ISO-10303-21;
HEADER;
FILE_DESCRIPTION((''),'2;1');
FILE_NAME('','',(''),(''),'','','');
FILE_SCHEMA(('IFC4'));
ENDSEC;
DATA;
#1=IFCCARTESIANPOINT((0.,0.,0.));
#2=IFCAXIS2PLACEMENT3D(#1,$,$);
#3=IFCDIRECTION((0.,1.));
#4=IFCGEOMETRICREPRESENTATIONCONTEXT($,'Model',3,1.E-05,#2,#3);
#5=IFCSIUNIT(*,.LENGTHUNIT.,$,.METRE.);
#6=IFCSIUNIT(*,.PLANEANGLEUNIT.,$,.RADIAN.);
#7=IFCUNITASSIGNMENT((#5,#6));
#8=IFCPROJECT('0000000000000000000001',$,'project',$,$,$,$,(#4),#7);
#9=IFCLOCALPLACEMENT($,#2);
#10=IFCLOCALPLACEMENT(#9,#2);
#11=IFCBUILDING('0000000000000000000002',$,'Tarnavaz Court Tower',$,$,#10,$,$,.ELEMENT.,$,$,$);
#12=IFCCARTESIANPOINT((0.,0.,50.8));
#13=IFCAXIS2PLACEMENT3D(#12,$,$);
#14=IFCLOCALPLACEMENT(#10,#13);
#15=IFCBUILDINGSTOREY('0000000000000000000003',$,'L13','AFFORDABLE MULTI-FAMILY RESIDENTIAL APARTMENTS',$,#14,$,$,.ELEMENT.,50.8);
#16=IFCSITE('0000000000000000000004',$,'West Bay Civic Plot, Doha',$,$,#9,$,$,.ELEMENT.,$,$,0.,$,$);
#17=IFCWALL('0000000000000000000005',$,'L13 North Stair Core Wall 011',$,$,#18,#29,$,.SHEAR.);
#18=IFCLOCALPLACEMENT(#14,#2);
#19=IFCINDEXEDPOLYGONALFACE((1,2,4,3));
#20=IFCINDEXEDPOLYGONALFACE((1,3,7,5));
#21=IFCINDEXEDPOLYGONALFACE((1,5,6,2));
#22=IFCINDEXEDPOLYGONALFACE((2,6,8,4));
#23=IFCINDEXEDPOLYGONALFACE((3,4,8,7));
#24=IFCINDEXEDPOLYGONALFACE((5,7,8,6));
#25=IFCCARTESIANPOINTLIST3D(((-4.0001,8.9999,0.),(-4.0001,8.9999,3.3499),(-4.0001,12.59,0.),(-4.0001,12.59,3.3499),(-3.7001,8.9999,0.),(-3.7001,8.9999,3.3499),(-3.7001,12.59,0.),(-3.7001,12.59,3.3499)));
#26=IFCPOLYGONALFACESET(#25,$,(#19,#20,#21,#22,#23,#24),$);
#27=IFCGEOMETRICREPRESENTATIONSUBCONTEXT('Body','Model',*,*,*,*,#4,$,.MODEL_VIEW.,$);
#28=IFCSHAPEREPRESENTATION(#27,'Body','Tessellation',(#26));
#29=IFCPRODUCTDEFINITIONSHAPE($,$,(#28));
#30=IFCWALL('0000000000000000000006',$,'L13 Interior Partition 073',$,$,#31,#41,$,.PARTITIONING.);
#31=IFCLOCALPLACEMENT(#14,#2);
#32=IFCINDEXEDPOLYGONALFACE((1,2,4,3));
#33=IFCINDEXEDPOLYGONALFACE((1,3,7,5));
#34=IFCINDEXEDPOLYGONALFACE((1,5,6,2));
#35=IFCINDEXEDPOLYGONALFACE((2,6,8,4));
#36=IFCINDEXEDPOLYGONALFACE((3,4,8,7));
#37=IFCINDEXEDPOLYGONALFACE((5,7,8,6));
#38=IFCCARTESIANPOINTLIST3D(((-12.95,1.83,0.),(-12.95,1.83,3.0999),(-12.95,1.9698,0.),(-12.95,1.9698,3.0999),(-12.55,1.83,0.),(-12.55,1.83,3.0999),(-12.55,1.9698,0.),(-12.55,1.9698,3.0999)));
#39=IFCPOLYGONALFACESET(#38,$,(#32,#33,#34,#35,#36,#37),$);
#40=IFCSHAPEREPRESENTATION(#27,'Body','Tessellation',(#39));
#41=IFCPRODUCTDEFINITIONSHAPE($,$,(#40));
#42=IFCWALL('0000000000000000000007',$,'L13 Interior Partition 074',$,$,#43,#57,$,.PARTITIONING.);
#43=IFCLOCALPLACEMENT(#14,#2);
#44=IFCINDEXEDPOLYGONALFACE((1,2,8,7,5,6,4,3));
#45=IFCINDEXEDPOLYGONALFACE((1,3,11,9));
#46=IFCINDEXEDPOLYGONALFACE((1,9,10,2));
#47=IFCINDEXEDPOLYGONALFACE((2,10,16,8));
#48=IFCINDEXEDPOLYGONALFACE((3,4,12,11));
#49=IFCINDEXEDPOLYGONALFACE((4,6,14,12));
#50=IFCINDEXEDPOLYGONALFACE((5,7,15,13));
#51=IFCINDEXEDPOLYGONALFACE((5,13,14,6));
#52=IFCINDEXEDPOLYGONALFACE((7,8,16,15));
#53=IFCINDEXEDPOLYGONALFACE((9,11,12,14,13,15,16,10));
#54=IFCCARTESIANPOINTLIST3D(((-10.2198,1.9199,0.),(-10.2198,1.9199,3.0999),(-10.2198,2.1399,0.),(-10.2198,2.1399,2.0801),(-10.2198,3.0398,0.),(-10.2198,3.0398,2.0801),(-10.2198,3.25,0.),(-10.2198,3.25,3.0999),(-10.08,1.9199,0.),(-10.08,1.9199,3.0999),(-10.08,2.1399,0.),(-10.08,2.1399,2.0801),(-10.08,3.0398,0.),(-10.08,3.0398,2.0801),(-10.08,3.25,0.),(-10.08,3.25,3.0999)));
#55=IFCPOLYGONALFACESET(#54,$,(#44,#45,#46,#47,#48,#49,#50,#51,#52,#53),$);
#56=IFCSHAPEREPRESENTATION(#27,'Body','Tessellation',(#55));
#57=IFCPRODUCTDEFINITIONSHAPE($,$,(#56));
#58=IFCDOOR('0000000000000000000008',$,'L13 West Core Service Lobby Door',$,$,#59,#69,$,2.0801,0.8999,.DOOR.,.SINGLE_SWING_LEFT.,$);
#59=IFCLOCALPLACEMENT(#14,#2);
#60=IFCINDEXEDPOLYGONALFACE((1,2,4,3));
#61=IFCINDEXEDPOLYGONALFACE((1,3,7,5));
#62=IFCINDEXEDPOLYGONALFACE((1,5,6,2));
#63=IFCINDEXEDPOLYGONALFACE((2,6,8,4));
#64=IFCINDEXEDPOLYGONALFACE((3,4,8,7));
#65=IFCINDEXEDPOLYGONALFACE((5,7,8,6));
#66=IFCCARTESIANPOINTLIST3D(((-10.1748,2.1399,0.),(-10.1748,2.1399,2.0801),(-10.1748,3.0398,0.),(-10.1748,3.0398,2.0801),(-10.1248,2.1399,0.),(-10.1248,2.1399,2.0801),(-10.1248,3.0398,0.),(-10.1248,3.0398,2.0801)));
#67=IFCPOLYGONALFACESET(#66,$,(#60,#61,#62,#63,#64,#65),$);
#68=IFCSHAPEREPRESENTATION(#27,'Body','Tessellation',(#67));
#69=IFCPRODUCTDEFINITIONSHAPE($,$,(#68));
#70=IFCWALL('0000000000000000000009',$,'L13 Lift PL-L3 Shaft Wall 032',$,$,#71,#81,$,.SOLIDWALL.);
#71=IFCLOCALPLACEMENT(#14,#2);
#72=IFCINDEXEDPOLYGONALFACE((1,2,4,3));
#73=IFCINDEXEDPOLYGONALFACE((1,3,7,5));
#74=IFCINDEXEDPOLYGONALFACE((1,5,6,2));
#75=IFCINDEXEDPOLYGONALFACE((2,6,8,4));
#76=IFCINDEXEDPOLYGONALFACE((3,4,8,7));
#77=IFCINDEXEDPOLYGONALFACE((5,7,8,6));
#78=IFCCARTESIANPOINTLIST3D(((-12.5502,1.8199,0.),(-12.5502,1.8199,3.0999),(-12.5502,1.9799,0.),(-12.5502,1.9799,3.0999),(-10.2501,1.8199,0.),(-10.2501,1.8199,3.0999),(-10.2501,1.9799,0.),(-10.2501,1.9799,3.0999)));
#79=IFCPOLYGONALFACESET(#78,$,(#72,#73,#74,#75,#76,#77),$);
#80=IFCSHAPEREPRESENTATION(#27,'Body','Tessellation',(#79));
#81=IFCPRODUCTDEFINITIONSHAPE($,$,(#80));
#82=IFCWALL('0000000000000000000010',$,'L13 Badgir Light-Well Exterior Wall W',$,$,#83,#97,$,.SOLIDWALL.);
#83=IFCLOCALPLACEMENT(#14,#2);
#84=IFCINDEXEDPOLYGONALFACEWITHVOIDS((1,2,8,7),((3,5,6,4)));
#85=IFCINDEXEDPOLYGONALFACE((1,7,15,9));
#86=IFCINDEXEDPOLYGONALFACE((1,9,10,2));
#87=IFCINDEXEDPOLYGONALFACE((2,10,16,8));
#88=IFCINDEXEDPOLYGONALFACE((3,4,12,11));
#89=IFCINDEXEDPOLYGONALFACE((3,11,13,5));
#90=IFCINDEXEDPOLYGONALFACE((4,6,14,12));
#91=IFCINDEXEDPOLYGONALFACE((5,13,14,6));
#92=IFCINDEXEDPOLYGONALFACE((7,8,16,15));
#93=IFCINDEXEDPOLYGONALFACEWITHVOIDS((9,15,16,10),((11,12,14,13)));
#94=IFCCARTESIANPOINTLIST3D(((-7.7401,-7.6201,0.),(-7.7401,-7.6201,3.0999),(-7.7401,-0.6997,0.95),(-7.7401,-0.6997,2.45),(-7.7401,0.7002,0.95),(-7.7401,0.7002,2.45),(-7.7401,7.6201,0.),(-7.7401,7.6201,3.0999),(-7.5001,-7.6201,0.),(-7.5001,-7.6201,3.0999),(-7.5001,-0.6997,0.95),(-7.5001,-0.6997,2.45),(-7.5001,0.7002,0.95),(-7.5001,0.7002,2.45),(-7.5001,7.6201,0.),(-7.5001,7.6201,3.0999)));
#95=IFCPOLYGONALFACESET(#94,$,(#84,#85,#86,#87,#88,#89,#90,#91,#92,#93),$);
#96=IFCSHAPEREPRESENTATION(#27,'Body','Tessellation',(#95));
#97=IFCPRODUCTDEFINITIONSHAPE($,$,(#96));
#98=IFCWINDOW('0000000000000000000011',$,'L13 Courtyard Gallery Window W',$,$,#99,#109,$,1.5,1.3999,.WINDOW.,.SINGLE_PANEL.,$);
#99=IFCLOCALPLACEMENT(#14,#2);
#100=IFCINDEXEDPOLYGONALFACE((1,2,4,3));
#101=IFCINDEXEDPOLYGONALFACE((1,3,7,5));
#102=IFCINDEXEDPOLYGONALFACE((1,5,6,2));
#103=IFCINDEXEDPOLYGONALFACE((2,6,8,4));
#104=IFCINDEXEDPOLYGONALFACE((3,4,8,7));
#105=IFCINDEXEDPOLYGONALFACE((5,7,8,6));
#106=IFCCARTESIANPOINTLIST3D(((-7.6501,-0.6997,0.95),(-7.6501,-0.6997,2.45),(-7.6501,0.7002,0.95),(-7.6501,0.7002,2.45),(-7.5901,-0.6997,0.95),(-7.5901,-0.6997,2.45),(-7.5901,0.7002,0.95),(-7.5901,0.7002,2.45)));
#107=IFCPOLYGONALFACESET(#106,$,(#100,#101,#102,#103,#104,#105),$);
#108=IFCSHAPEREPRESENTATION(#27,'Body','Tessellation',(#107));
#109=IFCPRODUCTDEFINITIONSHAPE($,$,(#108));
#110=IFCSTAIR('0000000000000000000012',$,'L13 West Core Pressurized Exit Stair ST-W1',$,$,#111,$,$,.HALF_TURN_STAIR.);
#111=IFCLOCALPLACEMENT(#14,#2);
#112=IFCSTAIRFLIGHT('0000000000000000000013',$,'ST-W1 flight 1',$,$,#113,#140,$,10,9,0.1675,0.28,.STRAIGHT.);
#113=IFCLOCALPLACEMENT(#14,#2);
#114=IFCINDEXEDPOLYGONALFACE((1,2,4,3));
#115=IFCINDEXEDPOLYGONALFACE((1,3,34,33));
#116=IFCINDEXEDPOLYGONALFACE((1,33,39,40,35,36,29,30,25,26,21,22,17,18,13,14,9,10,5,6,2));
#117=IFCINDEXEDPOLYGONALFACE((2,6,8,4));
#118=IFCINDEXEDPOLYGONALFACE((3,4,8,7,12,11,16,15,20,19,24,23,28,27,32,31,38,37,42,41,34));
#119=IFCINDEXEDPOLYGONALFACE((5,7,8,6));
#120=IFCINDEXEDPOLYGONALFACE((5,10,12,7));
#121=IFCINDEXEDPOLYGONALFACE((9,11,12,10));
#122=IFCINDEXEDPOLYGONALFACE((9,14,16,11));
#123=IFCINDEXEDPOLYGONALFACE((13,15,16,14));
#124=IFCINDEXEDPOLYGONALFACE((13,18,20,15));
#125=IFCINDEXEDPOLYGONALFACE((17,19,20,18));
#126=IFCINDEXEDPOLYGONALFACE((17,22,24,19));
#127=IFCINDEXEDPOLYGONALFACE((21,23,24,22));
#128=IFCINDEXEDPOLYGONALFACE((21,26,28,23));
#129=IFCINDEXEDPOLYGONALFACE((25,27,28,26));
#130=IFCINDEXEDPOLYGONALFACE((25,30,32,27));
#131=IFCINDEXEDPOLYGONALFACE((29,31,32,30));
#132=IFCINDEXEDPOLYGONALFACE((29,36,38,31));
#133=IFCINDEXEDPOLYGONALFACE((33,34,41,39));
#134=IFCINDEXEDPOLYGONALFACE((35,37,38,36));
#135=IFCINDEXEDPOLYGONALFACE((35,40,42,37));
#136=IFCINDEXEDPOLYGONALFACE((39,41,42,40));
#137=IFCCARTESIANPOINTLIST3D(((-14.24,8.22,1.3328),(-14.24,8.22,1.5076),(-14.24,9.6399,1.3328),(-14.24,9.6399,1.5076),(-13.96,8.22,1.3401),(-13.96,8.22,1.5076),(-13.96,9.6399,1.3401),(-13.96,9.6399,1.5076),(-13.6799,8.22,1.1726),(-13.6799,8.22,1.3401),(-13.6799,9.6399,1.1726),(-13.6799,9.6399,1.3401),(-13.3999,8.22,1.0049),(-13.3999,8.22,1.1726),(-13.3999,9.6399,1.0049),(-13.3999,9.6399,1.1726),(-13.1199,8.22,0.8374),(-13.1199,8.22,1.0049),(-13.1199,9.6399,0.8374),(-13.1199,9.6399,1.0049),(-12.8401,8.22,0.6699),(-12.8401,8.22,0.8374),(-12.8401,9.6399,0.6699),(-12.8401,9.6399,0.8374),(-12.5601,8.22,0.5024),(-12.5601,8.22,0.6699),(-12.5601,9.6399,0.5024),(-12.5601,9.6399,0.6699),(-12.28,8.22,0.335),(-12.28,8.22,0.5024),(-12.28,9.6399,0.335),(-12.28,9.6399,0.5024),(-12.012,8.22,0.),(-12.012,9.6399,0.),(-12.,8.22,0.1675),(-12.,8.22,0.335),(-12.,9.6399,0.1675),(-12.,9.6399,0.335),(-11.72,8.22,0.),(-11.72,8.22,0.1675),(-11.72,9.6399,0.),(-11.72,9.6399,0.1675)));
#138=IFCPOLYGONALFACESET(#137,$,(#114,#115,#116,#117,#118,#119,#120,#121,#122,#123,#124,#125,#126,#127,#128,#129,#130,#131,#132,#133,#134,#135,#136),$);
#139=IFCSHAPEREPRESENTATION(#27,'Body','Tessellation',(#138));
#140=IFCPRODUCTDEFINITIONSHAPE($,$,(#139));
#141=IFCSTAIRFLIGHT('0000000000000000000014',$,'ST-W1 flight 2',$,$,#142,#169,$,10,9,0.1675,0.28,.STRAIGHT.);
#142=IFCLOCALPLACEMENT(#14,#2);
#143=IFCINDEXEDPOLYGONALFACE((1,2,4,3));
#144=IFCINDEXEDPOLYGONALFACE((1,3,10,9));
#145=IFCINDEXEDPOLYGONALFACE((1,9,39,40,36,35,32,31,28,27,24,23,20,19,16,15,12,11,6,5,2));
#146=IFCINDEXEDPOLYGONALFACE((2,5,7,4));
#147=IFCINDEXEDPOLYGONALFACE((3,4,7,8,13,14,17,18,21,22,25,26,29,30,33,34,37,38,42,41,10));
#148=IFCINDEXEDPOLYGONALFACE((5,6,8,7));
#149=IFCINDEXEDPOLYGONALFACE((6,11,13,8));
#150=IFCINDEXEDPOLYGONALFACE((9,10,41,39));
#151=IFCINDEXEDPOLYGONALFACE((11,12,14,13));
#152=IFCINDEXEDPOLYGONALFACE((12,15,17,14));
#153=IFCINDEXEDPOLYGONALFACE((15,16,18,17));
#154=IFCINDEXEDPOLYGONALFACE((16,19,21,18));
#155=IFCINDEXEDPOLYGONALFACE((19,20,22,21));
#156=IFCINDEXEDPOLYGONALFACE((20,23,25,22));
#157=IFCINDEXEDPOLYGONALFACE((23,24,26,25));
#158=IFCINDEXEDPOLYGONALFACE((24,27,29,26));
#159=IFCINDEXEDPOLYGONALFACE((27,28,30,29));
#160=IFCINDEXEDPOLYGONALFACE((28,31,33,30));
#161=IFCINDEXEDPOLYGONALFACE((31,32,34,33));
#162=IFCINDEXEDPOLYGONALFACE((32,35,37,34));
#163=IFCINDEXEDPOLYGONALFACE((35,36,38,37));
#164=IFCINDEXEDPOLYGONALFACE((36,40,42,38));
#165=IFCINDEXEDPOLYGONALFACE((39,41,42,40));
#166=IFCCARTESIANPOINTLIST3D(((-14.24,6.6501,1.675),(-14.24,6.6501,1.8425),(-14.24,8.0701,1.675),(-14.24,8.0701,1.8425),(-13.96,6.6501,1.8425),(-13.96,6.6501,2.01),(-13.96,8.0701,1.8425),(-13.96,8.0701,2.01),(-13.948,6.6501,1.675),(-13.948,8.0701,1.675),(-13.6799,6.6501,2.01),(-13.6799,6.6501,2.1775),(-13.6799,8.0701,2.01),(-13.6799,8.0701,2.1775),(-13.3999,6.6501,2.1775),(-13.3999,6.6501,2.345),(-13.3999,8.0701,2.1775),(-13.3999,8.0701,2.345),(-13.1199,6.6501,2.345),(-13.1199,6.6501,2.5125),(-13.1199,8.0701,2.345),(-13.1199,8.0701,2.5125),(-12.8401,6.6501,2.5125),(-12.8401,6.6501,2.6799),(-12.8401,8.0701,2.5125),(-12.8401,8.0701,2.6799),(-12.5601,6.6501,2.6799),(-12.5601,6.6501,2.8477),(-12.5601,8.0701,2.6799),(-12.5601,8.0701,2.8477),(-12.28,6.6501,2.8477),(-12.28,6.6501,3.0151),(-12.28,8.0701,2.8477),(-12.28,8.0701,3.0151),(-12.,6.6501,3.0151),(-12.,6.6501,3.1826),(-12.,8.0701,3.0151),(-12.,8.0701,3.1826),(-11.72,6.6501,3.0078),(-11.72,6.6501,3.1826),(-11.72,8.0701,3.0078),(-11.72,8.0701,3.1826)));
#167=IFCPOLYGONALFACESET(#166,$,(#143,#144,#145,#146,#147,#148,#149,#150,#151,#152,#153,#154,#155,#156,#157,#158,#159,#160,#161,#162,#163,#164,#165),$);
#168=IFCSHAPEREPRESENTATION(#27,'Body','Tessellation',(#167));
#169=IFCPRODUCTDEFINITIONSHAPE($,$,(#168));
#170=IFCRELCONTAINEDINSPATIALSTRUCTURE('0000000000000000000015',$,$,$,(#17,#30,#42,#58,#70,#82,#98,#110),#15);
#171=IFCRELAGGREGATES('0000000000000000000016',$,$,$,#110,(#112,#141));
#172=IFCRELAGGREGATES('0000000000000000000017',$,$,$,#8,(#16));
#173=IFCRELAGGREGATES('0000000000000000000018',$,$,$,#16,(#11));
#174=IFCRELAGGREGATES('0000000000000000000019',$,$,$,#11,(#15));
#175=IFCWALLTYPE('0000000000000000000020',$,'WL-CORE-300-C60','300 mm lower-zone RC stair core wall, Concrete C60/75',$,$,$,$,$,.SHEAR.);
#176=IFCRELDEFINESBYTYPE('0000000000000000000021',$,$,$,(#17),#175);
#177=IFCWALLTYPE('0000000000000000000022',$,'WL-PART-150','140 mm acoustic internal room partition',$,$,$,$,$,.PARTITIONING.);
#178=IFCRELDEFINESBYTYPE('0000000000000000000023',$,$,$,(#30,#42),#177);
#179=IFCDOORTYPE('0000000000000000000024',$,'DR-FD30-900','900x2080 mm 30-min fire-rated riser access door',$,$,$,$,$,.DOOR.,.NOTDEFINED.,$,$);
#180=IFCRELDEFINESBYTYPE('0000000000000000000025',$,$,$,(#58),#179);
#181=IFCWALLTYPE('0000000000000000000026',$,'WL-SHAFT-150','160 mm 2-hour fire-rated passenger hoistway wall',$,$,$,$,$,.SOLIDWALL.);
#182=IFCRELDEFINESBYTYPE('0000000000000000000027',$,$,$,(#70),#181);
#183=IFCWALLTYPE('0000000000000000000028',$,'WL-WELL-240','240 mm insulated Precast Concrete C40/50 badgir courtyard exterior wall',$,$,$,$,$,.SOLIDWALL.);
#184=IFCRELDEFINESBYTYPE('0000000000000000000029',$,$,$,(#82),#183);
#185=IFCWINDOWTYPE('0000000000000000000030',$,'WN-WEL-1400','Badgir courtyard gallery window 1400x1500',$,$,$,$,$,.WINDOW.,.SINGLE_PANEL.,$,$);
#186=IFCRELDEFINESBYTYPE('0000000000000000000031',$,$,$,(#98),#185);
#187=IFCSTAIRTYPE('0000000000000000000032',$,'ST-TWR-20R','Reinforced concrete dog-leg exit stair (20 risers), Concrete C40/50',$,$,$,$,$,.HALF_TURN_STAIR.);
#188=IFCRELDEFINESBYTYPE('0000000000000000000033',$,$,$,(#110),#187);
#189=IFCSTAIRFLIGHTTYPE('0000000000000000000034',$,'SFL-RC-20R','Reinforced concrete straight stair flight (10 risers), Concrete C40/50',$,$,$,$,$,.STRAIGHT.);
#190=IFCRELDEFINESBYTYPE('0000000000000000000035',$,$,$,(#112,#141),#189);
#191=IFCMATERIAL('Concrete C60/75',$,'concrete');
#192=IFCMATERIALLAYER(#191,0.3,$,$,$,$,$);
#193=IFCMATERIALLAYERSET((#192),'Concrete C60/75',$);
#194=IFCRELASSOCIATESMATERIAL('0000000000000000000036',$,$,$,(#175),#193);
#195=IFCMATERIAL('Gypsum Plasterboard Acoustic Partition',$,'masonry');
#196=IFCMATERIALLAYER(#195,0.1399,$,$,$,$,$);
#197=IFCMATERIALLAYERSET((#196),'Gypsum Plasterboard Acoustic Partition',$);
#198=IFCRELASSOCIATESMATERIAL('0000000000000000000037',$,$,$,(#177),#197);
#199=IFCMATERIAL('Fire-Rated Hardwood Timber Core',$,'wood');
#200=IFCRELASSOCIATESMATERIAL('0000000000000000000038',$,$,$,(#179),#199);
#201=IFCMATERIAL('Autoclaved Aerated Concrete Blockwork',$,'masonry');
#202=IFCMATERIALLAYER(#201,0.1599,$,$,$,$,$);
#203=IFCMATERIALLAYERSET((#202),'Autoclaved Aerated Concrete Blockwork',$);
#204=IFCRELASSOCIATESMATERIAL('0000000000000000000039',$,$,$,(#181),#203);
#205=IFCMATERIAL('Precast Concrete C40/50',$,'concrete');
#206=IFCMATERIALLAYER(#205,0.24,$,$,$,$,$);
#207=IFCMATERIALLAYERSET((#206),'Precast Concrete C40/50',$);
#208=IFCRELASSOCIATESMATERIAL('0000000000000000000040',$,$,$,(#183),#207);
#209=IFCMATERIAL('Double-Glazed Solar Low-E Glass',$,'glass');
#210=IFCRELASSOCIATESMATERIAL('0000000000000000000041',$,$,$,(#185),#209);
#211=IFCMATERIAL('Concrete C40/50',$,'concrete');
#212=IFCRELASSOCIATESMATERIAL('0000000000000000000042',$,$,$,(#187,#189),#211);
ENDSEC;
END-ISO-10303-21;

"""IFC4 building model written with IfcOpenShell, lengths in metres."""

from ifc_helpers import new_model, si_unit, direction, frame, frame_2d, origin, place, context, subcontext, project, spatial, polyline, rectangle, outline, extrude, material, layer, layer_set, type_object, element, fill, aggregate, save


model = new_model("IFC4")

# Units and contexts
model_context = context("Model", 3, precision=1e-05, world=origin(), true_north=direction((0.0, 1.0)))
body_context = subcontext(model_context, "Body", "Model", "MODEL_VIEW")
ifc_project = project(units=[si_unit("LENGTHUNIT", "METRE"), si_unit("PLANEANGLEUNIT", "RADIAN")], contexts=[model_context])

# Site, building, storey
site_placement = place(None, origin())
site = spatial("IfcSite", under=ifc_project, at=site_placement, Name="West Bay Civic Plot, Doha", CompositionType="ELEMENT", RefElevation=0.0)
building_placement = place(site_placement, origin())
building = spatial("IfcBuilding", under=site, at=building_placement, Name="Tarnavaz Court Tower", CompositionType="ELEMENT")
storey_placement = place(building_placement, frame((0.0, 0.0, 50.8)))
storey = spatial("IfcBuildingStorey", under=building, at=storey_placement, Name="L13", Description="AFFORDABLE MULTI-FAMILY RESIDENTIAL APARTMENTS", CompositionType="ELEMENT", Elevation=50.8)

# Shared definitions
ifc_material_1 = material(Name="Concrete C60/75", Category="concrete")

# Shared definitions
ifc_layer_1 = layer(ifc_material_1, 0.3)
ifc_layer_set_1 = layer_set([ifc_layer_1], Name="Concrete C60/75")
wall_type_1 = type_object("IfcWallType", Name="WL-CORE-300-C60", Description="300 mm lower-zone RC stair core wall, Concrete C60/75", PredefinedType="SHEAR", material=ifc_layer_set_1)

# Shared definitions
ifc_material_2 = material(Name="Fire-Rated Hardwood Timber Core", Category="wood")

# Wall
wall_1_placement = place(storey_placement, frame((-3.8501, 9.0, 0.0), z_axis=(0.0, 0.0, 1.0), x_axis=(0.0, 1.0, 0.0)))
element("IfcWall", 1, at=wall_1_placement, inside=storey, type_object=wall_type_1, Name="L13 North Stair Core Wall 011", PredefinedType="SHEAR", context=body_context, shape_type="SweptSolid", body=[
    extrude(rectangle(XDim=3.5901, YDim=0.3, at=frame_2d((1.7949, 0.0))), origin(), (0.0, 0.0, 1.0), 3.3499),
])

# Shared definitions
ifc_material_3 = material(Name="Autoclaved Aerated Concrete Blockwork", Category="masonry")

# Wall
ifc_material_4 = material(Name="Gypsum Plasterboard Acoustic Partition", Category="masonry")
ifc_layer_2 = layer(ifc_material_4, 0.1399)
ifc_layer_set_2 = layer_set([ifc_layer_2], Name="Gypsum Plasterboard Acoustic Partition")
wall_type_2 = type_object("IfcWallType", Name="WL-PART-150", Description="140 mm acoustic internal room partition", PredefinedType="PARTITIONING", material=ifc_layer_set_2)
wall_2_placement = place(storey_placement, frame((-12.95, 1.8999, 0.0), z_axis=(0.0, 0.0, 1.0), x_axis=(1.0, 0.0, 0.0)))
element("IfcWall", 2, at=wall_2_placement, inside=storey, type_object=wall_type_2, Name="L13 Interior Partition 073", PredefinedType="PARTITIONING", context=body_context, shape_type="SweptSolid", body=[
    extrude(rectangle(XDim=0.3999, YDim=0.1399, at=frame_2d((0.2, 0.0))), origin(), (0.0, 0.0, 1.0), 3.0999),
])

# Wall, opening, door
wall_3_placement = place(storey_placement, frame((-10.1499, 1.9199, 0.0), z_axis=(0.0, 0.0, 1.0), x_axis=(0.0, 1.0, 0.0)))
wall_3 = element("IfcWall", 3, at=wall_3_placement, inside=storey, type_object=wall_type_2, Name="L13 Interior Partition 074", PredefinedType="PARTITIONING", context=body_context, shape_type="SweptSolid", body=[
    extrude(rectangle(XDim=1.3301, YDim=0.1399, at=frame_2d((0.665, 0.0))), origin(), (0.0, 0.0, 1.0), 3.0999),
])
opening_1_placement = place(wall_3_placement, frame((0.22, 0.0, 0.0)))
opening_1 = element("IfcOpeningElement", 4, at=opening_1_placement, cuts=wall_3, PredefinedType="OPENING", context=body_context, shape_type="SweptSolid", body=[
    extrude(rectangle(XDim=0.8999, YDim=2.0801, at=frame_2d((0.45, 1.04))), frame((0.0, 0.0798, 0.0), z_axis=(0.0, -1.0, 0.0), x_axis=(1.0, 0.0, 0.0)), (0.0, 0.0, 1.0), 0.1599),
])
door_type_1 = type_object("IfcDoorType", Name="DR-FD30-900", Description="900x2080 mm 30-min fire-rated riser access door", OperationType="NOTDEFINED", PredefinedType="DOOR", material=ifc_material_2)
door_1_placement = place(opening_1_placement, origin())
door_1 = element("IfcDoor", 5, at=door_1_placement, inside=storey, type_object=door_type_1, Name="L13 West Core Service Lobby Door", OperationType="SINGLE_SWING_LEFT", OverallHeight=2.0801, OverallWidth=0.8999, PredefinedType="DOOR", context=body_context, shape_type="SweptSolid", body=[
    extrude(rectangle(XDim=0.8999, YDim=2.0801, at=frame_2d((0.45, 1.04))), frame((0.0, 0.0249, 0.0), z_axis=(0.0, -1.0, 0.0), x_axis=(1.0, 0.0, 0.0)), (0.0, 0.0, 1.0), 0.05),
])
fill(opening_1, door_1)

# Wall
ifc_layer_3 = layer(ifc_material_3, 0.1599)
ifc_layer_set_3 = layer_set([ifc_layer_3], Name="Autoclaved Aerated Concrete Blockwork")
wall_type_3 = type_object("IfcWallType", Name="WL-SHAFT-150", Description="160 mm 2-hour fire-rated passenger hoistway wall", PredefinedType="SOLIDWALL", material=ifc_layer_set_3)
wall_4_placement = place(storey_placement, frame((-12.55, 1.8999, 0.0), z_axis=(0.0, 0.0, 1.0), x_axis=(1.0, 0.0, 0.0)))
element("IfcWall", 6, at=wall_4_placement, inside=storey, type_object=wall_type_3, Name="L13 Lift PL-L3 Shaft Wall 032", PredefinedType="SOLIDWALL", context=body_context, shape_type="SweptSolid", body=[
    extrude(rectangle(XDim=2.3, YDim=0.1599, at=frame_2d((1.1499, 0.0))), origin(), (0.0, 0.0, 1.0), 3.0999),
])

# Wall, opening, window
ifc_material_5 = material(Name="Precast Concrete C40/50", Category="concrete")
ifc_layer_4 = layer(ifc_material_5, 0.24)
ifc_layer_set_4 = layer_set([ifc_layer_4], Name="Precast Concrete C40/50")
wall_type_4 = type_object("IfcWallType", Name="WL-WELL-240", Description="240 mm insulated Precast Concrete C40/50 badgir courtyard exterior wall", PredefinedType="SOLIDWALL", material=ifc_layer_set_4)
wall_5_placement = place(storey_placement, frame((-7.6201, 7.6201, 0.0), z_axis=(0.0, 0.0, 1.0), x_axis=(0.0, -1.0, 0.0)))
wall_5 = element("IfcWall", 7, at=wall_5_placement, inside=storey, type_object=wall_type_4, Name="L13 Badgir Light-Well Exterior Wall W", PredefinedType="SOLIDWALL", context=body_context, shape_type="SweptSolid", body=[
    extrude(rectangle(XDim=15.2402, YDim=0.24, at=frame_2d((7.6201, 0.0))), origin(), (0.0, 0.0, 1.0), 3.0999),
])
opening_2_placement = place(wall_5_placement, frame((6.9199, 0.0, 0.95)))
opening_2 = element("IfcOpeningElement", 8, at=opening_2_placement, cuts=wall_5, PredefinedType="OPENING", context=body_context, shape_type="SweptSolid", body=[
    extrude(rectangle(XDim=1.3999, YDim=1.5, at=frame_2d((0.7, 0.75))), frame((0.0, 0.1299, 0.0), z_axis=(0.0, -1.0, 0.0), x_axis=(1.0, 0.0, 0.0)), (0.0, 0.0, 1.0), 0.26),
])
ifc_material_6 = material(Name="Double-Glazed Solar Low-E Glass", Category="glass")
window_type = type_object("IfcWindowType", Name="WN-WEL-1400", Description="Badgir courtyard gallery window 1400x1500", PartitioningType="SINGLE_PANEL", PredefinedType="WINDOW", material=ifc_material_6)
window_placement = place(opening_2_placement, origin())
window = element("IfcWindow", 9, at=window_placement, inside=storey, type_object=window_type, Name="L13 Courtyard Gallery Window W", OverallHeight=1.5, OverallWidth=1.3999, PartitioningType="SINGLE_PANEL", PredefinedType="WINDOW", context=body_context, shape_type="SweptSolid", body=[
    extrude(rectangle(XDim=1.3999, YDim=1.5, at=frame_2d((0.7, 0.75))), frame((0.0, 0.03, 0.0), z_axis=(0.0, -1.0, 0.0), x_axis=(1.0, 0.0, 0.0)), (0.0, 0.0, 1.0), 0.0601),
])
fill(opening_2, window)

# Stair, stair flights
ifc_material_7 = material(Name="Concrete C40/50", Category="concrete")
stair_type = type_object("IfcStairType", Name="ST-TWR-20R", Description="Reinforced concrete dog-leg exit stair (20 risers), Concrete C40/50", PredefinedType="HALF_TURN_STAIR", material=ifc_material_7)
stair_1_placement = place(storey_placement, origin())
stair_1 = element("IfcStair", 10, at=stair_1_placement, inside=storey, type_object=stair_type, Name="L13 West Core Pressurized Exit Stair ST-W1", PredefinedType="HALF_TURN_STAIR")
stair_flight_type = type_object("IfcStairFlightType", Name="SFL-RC-20R", Description="Reinforced concrete straight stair flight (10 risers), Concrete C40/50", PredefinedType="STRAIGHT", material=ifc_material_7)
stair_flight_1_placement = place(storey_placement, frame((-11.72, 8.9299, 0.0), z_axis=(0.0, 0.0, 1.0), x_axis=(-1.0, 0.0, 0.0)))
stair_flight_1 = element("IfcStairFlight", 11, at=stair_flight_1_placement, type_object=stair_flight_type, Name="ST-W1 flight 1", NumberOfRisers=10, NumberOfTreads=9, PredefinedType="STRAIGHT", RiserHeight=0.1675, TreadLength=0.28, context=body_context, shape_type="SweptSolid", body=[
    extrude(outline(polyline([(0.0, 0.0), (0.0, 0.1675), (0.28, 0.1675), (0.28, 0.335), (0.5601, 0.335), (0.5601, 0.5024), (0.8401, 0.5024), (0.8401, 0.6699), (1.1201, 0.6699), (1.1201, 0.8374), (1.3999, 0.8374), (1.3999, 1.0049), (1.6799, 1.0049), (1.6799, 1.1726), (1.96, 1.1726), (1.96, 1.3401), (2.24, 1.3401), (2.24, 1.5076), (2.52, 1.5076), (2.52, 1.675), (2.52, 1.3328), (0.292, 0.0), (0.0, 0.0)])), frame((0.0, 0.71, 0.0), z_axis=(0.0, -1.0, 0.0), x_axis=(1.0, 0.0, 0.0)), (0.0, 0.0, 1.0), 1.4199),
])
stair_flight_2_placement = place(storey_placement, frame((-14.24, 7.3601, 1.675), z_axis=(0.0, 0.0, 1.0), x_axis=(1.0, 0.0, 0.0)))
stair_flight_2 = element("IfcStairFlight", 12, at=stair_flight_2_placement, type_object=stair_flight_type, Name="ST-W1 flight 2", NumberOfRisers=10, NumberOfTreads=9, PredefinedType="STRAIGHT", RiserHeight=0.1675, TreadLength=0.28, context=body_context, shape_type="SweptSolid", body=[
    extrude(outline(polyline([(0.0, 0.0), (0.0, 0.1675), (0.28, 0.1675), (0.28, 0.335), (0.5601, 0.335), (0.5601, 0.5024), (0.8401, 0.5024), (0.8401, 0.6699), (1.1201, 0.6699), (1.1201, 0.8374), (1.3999, 0.8374), (1.3999, 1.0049), (1.6799, 1.0049), (1.6799, 1.1726), (1.96, 1.1726), (1.96, 1.3401), (2.24, 1.3401), (2.24, 1.5076), (2.52, 1.5076), (2.52, 1.675), (2.52, 1.3328), (0.292, 0.0), (0.0, 0.0)])), frame((0.0, 0.71, 0.0), z_axis=(0.0, -1.0, 0.0), x_axis=(1.0, 0.0, 0.0)), (0.0, 0.0, 1.0), 1.4199),
])
aggregate(stair_1, [stair_flight_1, stair_flight_2])

save(model, "model.ifc")
